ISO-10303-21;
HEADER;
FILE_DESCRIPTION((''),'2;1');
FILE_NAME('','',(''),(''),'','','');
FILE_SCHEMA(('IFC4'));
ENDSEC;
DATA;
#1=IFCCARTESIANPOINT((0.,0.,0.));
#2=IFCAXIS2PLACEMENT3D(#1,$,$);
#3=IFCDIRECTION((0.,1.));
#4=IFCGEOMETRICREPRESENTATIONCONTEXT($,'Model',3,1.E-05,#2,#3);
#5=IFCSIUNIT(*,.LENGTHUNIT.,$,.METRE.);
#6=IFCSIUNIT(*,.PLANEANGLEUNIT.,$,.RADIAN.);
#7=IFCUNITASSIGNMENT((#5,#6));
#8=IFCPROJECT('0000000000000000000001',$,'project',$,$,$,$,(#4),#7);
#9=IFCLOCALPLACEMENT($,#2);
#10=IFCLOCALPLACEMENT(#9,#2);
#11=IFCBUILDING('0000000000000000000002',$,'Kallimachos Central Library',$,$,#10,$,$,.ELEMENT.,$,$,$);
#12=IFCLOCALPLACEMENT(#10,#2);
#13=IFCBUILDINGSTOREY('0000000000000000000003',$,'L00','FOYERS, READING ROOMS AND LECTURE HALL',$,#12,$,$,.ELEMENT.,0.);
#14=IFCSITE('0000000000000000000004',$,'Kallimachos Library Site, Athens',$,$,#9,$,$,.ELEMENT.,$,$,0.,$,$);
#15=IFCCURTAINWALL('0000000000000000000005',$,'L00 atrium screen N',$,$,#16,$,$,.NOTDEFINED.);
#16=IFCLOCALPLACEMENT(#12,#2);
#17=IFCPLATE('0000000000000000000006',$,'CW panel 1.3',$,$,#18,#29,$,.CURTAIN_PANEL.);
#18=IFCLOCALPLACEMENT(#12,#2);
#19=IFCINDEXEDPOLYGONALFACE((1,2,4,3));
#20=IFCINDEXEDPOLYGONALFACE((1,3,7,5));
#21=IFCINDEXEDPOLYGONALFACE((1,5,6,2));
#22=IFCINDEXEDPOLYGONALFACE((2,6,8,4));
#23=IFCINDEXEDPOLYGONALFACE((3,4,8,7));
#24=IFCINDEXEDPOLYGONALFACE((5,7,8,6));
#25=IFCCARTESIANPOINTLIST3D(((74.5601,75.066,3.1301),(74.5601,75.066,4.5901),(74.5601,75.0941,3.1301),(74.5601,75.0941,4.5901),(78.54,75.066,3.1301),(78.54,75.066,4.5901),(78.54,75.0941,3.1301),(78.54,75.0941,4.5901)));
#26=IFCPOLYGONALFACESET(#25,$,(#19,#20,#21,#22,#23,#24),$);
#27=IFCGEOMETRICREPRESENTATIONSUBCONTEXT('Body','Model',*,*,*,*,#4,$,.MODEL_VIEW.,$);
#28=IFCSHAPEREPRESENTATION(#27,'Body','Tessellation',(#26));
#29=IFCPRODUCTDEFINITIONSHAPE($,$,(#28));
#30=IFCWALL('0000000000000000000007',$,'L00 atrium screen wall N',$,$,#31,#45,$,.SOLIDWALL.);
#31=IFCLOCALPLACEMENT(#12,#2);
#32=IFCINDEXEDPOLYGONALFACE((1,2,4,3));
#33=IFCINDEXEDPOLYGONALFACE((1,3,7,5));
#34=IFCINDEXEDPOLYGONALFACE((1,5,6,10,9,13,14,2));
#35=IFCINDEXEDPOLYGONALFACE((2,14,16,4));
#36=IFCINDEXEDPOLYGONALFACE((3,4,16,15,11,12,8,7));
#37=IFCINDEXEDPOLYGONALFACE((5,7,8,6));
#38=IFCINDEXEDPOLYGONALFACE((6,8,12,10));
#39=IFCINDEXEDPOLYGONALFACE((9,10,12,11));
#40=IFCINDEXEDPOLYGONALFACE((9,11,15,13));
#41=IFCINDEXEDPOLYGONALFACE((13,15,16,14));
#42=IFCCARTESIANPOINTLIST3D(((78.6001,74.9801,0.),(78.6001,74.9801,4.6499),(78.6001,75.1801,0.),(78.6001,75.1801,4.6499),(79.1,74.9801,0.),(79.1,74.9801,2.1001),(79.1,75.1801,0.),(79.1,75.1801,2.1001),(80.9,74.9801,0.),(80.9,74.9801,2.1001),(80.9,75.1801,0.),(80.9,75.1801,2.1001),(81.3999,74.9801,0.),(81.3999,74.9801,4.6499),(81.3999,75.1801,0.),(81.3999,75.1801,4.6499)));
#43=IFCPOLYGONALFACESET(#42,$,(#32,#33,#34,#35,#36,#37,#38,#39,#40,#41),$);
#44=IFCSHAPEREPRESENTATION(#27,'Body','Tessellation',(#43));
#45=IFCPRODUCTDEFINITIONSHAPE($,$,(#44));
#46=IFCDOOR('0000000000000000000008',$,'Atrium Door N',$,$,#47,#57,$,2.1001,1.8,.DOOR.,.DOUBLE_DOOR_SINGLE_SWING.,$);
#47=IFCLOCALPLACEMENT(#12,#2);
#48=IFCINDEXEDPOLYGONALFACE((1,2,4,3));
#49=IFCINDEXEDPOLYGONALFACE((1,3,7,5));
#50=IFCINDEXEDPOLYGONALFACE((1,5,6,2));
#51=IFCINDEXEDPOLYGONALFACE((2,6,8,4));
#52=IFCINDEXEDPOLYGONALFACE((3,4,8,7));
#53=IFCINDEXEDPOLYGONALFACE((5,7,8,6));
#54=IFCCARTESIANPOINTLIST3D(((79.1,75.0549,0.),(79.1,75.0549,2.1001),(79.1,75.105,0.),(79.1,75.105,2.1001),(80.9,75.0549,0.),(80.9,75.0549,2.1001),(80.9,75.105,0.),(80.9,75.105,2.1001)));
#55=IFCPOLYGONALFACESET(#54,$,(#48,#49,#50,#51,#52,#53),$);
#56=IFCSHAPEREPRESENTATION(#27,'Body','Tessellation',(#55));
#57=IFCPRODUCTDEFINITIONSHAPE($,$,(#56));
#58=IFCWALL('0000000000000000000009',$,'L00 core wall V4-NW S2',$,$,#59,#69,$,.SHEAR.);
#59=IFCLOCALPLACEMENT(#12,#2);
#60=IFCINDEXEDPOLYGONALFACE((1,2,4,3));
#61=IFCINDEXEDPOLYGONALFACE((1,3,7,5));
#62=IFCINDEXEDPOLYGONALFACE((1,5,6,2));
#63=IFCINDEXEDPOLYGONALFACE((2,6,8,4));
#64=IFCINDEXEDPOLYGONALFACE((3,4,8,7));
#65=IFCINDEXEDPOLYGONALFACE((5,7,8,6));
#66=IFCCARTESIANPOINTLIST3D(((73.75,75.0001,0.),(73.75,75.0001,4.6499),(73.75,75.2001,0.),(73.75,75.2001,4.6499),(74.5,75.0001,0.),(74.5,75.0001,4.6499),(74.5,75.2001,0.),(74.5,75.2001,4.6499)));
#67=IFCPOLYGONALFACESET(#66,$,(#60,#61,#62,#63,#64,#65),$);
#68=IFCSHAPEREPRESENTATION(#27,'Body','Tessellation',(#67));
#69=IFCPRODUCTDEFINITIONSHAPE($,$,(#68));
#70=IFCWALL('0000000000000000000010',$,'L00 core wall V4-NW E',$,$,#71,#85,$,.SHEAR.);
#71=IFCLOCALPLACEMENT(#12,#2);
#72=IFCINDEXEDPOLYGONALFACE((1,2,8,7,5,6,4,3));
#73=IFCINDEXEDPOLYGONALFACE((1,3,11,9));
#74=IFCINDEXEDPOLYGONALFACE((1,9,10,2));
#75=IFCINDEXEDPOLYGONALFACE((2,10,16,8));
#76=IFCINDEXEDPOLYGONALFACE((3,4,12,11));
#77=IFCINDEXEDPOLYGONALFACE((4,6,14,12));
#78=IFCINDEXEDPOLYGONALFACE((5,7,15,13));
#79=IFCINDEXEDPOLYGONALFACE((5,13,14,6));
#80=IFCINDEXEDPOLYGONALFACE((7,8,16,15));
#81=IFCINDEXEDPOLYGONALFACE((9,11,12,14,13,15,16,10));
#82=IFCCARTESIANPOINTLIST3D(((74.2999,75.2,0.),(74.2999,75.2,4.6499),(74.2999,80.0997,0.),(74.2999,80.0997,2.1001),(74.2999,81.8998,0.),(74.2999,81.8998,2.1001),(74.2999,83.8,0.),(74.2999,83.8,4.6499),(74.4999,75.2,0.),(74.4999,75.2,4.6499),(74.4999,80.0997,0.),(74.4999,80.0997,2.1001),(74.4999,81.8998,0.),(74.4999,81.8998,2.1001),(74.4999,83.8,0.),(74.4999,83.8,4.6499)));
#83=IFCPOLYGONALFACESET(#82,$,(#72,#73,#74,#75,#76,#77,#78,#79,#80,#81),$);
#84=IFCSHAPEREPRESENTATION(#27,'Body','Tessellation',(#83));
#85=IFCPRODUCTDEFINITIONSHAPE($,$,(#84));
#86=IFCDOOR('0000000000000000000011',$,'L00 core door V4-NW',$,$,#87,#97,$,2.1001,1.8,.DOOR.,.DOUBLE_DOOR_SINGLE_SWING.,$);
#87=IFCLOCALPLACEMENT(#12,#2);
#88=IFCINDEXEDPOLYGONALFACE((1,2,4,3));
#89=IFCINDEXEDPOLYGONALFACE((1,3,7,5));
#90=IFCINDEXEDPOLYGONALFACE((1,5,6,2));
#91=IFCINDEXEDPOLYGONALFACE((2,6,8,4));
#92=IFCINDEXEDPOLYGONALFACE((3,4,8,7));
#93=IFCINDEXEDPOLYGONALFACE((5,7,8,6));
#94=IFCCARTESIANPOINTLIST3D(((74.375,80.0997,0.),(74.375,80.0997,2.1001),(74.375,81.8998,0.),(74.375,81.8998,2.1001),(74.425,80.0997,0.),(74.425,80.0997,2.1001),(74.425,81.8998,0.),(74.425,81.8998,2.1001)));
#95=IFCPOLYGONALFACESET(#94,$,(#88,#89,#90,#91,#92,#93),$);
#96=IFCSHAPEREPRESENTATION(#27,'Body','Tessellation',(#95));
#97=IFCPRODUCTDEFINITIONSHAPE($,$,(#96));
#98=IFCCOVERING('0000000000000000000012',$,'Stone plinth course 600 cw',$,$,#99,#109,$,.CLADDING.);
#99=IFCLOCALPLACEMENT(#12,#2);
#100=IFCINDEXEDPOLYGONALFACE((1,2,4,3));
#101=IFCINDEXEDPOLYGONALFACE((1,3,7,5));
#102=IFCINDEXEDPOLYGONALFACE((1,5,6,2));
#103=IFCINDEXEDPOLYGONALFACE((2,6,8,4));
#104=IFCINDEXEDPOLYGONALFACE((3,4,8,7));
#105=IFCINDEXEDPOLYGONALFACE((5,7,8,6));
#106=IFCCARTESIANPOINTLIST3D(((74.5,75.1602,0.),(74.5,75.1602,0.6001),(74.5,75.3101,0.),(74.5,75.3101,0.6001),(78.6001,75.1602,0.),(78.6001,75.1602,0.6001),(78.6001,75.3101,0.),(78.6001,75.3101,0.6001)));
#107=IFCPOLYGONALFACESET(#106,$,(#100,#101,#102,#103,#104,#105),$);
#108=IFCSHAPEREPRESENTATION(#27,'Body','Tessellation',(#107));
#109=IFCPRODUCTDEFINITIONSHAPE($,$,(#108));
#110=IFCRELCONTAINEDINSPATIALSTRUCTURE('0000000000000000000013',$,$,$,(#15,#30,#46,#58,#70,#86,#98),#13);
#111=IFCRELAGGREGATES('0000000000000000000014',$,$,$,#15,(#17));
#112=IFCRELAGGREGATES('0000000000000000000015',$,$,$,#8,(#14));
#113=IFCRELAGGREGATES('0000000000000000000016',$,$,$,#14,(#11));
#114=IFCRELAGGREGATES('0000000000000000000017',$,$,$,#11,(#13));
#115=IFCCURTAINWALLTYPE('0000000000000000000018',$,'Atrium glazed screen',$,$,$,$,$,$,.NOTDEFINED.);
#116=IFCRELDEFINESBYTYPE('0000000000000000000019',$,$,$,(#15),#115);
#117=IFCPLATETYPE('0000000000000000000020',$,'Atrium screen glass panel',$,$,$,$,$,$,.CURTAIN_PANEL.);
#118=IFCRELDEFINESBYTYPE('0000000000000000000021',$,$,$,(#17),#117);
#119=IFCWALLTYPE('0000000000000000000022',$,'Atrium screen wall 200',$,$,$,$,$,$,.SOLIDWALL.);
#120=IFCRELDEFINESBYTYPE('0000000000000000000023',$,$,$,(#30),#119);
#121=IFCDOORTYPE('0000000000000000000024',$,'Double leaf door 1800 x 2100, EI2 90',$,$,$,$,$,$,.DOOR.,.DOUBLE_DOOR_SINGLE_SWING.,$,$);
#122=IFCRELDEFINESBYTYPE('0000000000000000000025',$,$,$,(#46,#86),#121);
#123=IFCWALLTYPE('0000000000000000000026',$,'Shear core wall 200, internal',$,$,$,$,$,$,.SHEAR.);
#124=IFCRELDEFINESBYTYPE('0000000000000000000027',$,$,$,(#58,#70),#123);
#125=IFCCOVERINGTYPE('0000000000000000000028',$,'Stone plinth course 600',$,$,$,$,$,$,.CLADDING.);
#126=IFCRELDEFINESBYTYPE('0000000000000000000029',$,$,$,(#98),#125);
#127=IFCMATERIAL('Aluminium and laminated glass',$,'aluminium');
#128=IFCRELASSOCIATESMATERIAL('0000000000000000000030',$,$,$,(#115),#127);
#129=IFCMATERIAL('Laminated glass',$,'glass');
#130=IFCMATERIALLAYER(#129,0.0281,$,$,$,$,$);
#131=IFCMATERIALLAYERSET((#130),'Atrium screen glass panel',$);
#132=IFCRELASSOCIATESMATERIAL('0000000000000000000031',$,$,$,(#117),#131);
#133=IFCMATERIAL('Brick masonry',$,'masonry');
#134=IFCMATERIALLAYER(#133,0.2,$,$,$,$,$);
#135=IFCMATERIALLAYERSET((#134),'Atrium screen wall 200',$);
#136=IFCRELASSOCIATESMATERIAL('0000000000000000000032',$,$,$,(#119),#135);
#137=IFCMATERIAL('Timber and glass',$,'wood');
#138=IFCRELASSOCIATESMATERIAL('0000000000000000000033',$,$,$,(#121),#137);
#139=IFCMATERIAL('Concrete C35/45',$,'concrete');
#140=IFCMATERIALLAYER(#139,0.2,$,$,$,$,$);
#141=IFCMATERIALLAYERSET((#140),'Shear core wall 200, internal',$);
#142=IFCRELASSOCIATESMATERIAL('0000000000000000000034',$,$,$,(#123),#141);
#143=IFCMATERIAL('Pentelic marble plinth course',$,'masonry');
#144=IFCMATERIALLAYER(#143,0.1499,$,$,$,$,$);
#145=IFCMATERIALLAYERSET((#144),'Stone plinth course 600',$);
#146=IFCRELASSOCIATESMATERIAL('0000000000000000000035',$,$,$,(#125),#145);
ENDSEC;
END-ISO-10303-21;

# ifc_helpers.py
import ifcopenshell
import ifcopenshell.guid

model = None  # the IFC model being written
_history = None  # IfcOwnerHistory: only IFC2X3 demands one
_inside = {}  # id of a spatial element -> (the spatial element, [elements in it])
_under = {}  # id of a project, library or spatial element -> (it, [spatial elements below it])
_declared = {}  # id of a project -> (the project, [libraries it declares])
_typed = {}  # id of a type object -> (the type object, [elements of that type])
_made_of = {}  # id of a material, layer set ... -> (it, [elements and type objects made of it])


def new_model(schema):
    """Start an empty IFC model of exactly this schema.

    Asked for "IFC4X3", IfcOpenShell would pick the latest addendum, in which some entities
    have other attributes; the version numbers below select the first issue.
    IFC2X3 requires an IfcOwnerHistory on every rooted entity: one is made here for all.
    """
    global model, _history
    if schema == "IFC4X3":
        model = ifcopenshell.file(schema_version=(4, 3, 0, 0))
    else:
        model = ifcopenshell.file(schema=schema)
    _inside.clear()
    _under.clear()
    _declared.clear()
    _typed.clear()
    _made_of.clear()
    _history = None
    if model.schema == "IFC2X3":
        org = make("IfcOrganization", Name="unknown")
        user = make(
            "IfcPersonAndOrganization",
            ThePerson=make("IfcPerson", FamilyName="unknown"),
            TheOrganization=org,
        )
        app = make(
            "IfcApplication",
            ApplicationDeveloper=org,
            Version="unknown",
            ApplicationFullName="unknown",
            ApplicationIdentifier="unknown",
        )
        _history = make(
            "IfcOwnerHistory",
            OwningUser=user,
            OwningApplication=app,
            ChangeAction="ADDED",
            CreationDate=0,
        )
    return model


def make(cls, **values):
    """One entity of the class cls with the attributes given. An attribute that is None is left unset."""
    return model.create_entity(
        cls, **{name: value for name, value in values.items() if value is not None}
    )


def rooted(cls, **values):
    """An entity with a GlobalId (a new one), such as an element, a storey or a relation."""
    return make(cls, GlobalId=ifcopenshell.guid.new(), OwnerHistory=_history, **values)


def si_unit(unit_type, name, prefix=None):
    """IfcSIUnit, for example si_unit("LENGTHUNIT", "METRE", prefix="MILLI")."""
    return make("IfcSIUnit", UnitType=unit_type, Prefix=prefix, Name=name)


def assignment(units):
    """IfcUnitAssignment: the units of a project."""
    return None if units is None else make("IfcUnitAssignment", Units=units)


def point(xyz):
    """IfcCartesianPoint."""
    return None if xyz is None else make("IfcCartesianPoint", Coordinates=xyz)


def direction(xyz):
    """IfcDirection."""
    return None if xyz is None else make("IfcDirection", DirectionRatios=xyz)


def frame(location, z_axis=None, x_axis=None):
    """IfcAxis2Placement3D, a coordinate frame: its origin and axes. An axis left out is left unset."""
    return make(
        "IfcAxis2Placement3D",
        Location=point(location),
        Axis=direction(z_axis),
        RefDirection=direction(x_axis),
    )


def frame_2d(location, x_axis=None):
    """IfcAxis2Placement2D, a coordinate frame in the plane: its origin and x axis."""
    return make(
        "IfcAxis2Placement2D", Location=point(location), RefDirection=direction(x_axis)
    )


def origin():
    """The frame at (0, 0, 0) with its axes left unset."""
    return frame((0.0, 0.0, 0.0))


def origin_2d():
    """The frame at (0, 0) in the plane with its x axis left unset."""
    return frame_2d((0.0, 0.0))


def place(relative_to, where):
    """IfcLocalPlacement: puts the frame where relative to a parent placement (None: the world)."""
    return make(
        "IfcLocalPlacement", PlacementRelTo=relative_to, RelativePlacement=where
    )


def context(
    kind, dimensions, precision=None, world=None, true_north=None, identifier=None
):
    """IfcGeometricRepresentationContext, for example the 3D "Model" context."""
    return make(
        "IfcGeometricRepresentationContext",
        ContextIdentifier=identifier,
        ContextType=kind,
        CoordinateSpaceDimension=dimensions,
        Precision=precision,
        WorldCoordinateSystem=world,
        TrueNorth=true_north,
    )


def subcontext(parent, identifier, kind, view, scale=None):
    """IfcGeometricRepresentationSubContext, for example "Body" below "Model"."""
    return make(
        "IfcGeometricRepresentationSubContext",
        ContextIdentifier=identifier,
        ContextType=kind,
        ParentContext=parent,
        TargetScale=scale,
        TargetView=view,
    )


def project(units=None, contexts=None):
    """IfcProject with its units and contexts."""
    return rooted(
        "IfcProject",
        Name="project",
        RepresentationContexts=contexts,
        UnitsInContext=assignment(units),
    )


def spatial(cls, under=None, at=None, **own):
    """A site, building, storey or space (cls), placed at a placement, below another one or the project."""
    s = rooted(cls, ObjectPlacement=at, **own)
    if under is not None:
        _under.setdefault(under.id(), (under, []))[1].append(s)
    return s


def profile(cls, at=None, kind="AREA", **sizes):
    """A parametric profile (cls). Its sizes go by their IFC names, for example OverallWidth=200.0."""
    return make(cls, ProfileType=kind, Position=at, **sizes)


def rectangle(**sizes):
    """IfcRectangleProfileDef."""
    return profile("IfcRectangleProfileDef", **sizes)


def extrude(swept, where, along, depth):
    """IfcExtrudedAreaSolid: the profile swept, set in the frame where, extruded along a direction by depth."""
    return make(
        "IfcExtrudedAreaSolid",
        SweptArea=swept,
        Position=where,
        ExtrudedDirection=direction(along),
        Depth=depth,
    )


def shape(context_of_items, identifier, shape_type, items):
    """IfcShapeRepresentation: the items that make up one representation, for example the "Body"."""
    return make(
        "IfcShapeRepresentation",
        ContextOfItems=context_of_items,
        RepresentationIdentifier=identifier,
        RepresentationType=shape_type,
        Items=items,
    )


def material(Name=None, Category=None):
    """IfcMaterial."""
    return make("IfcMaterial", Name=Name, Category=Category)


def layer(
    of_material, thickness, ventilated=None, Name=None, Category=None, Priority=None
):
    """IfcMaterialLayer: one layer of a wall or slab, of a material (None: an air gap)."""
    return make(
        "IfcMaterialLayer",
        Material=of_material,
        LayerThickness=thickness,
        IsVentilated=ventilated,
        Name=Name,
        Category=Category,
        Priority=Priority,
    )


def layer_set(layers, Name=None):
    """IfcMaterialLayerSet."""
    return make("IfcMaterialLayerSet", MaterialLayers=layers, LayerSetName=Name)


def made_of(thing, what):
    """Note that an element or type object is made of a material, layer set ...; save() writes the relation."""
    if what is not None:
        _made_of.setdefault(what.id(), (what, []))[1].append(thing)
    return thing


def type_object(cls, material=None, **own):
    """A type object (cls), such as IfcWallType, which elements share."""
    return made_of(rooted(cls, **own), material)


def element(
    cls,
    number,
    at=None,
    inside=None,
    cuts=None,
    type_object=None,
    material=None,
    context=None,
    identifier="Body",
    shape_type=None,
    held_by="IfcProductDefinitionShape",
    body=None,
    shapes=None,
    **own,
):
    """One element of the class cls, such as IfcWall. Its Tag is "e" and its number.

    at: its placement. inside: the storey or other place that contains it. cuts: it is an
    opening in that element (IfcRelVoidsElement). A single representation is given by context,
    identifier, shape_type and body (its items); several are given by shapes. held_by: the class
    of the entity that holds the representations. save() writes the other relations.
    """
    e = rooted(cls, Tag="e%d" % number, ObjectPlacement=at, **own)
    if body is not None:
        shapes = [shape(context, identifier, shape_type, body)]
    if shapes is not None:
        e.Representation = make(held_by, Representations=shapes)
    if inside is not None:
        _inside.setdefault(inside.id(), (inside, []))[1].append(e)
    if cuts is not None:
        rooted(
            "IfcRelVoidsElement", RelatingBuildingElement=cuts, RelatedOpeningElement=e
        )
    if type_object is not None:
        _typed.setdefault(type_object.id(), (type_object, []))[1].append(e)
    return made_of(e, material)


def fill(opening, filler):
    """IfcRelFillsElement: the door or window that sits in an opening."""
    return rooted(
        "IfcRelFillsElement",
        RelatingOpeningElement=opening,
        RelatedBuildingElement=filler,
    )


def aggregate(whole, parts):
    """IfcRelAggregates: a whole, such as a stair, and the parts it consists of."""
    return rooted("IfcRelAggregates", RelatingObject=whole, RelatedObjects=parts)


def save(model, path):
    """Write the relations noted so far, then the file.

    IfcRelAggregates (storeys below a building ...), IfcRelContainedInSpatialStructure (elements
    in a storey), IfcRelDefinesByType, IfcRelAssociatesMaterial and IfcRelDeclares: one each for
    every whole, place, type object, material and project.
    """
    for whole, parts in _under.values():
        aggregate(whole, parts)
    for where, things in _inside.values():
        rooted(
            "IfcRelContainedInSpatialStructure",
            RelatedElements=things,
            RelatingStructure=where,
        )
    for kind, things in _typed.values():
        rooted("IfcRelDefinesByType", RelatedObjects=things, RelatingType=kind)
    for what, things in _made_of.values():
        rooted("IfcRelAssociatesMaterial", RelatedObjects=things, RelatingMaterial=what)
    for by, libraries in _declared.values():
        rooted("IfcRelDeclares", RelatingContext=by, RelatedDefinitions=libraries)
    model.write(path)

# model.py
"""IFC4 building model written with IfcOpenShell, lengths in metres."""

from ifc_helpers import new_model, si_unit, direction, frame, frame_2d, origin, origin_2d, place, context, subcontext, project, spatial, rectangle, extrude, material, layer, layer_set, type_object, element, fill, aggregate, save


model = new_model("IFC4")

# Units and contexts
model_context = context("Model", 3, precision=1e-05, world=origin(), true_north=direction((0.0, 1.0)))
body_context = subcontext(model_context, "Body", "Model", "MODEL_VIEW")
ifc_project = project(units=[si_unit("LENGTHUNIT", "METRE"), si_unit("PLANEANGLEUNIT", "RADIAN")], contexts=[model_context])

# Site, building, storey
site_placement = place(None, origin())
site = spatial("IfcSite", under=ifc_project, at=site_placement, Name="Kallimachos Library Site, Athens", CompositionType="ELEMENT", RefElevation=0.0)
building_placement = place(site_placement, origin())
building = spatial("IfcBuilding", under=site, at=building_placement, Name="Kallimachos Central Library", CompositionType="ELEMENT")
storey_placement = place(building_placement, origin())
storey = spatial("IfcBuildingStorey", under=building, at=storey_placement, Name="L00", Description="FOYERS, READING ROOMS AND LECTURE HALL", CompositionType="ELEMENT", Elevation=0.0)

# Curtain wall
ifc_material_1 = material(Name="Aluminium and laminated glass", Category="aluminium")
curtain_wall_type = type_object("IfcCurtainWallType", Name="Atrium glazed screen", PredefinedType="NOTDEFINED", material=ifc_material_1)
curtain_wall_1_placement = place(storey_placement, origin())
curtain_wall_1 = element("IfcCurtainWall", 1, at=curtain_wall_1_placement, inside=storey, type_object=curtain_wall_type, Name="L00 atrium screen N", PredefinedType="NOTDEFINED")

# Plate
ifc_material_2 = material(Name="Laminated glass", Category="glass")
ifc_layer_1 = layer(ifc_material_2, 0.0281)
ifc_layer_set_1 = layer_set([ifc_layer_1], Name="Atrium screen glass panel")
plate_type = type_object("IfcPlateType", Name="Atrium screen glass panel", PredefinedType="CURTAIN_PANEL", material=ifc_layer_set_1)
plate_1_placement = place(storey_placement, frame((76.55, 75.0801, 3.1301), z_axis=(0.0, 0.0, 1.0), x_axis=(1.0, 0.0, 0.0)))
plate_1 = element("IfcPlate", 2, at=plate_1_placement, type_object=plate_type, Name="CW panel 1.3", PredefinedType="CURTAIN_PANEL", context=body_context, shape_type="SweptSolid", body=[
    extrude(rectangle(XDim=3.98, YDim=0.0281, at=origin_2d()), origin(), (0.0, 0.0, 1.0), 1.46),
])
aggregate(curtain_wall_1, [plate_1])

# Wall, opening, door
ifc_material_3 = material(Name="Brick masonry", Category="masonry")
ifc_layer_2 = layer(ifc_material_3, 0.2)
ifc_layer_set_2 = layer_set([ifc_layer_2], Name="Atrium screen wall 200")
wall_type_1 = type_object("IfcWallType", Name="Atrium screen wall 200", PredefinedType="SOLIDWALL", material=ifc_layer_set_2)
wall_1_placement = place(storey_placement, frame((78.6001, 75.0801, 0.0), z_axis=(0.0, 0.0, 1.0), x_axis=(1.0, 0.0, 0.0)))
wall_1 = element("IfcWall", 3, at=wall_1_placement, inside=storey, type_object=wall_type_1, Name="L00 atrium screen wall N", PredefinedType="SOLIDWALL", context=body_context, shape_type="SweptSolid", body=[
    extrude(rectangle(XDim=2.7998, YDim=0.2, at=frame_2d((1.3999, 0.0))), origin(), (0.0, 0.0, 1.0), 4.6499),
])
opening_1_placement = place(wall_1_placement, frame((0.5, 0.0, 0.0)))
opening_1 = element("IfcOpeningElement", 4, at=opening_1_placement, cuts=wall_1, PredefinedType="OPENING", context=body_context, shape_type="SweptSolid", body=[
    extrude(rectangle(XDim=1.8, YDim=2.1001, at=frame_2d((0.8999, 1.05))), frame((0.0, 0.1099, 0.0), z_axis=(0.0, -1.0, 0.0), x_axis=(1.0, 0.0, 0.0)), (0.0, 0.0, 1.0), 0.22),
])
ifc_material_4 = material(Name="Timber and glass", Category="wood")
door_type = type_object("IfcDoorType", Name="Double leaf door 1800 x 2100, EI2 90", OperationType="DOUBLE_DOOR_SINGLE_SWING", PredefinedType="DOOR", material=ifc_material_4)
door_1_placement = place(opening_1_placement, origin())
door_1 = element("IfcDoor", 5, at=door_1_placement, inside=storey, type_object=door_type, Name="Atrium Door N", OperationType="DOUBLE_DOOR_SINGLE_SWING", OverallHeight=2.1001, OverallWidth=1.8, PredefinedType="DOOR", context=body_context, shape_type="SweptSolid", body=[
    extrude(rectangle(XDim=1.8, YDim=2.1001, at=frame_2d((0.8999, 1.05))), frame((0.0, 0.0249, 0.0), z_axis=(0.0, -1.0, 0.0), x_axis=(1.0, 0.0, 0.0)), (0.0, 0.0, 1.0), 0.05),
])
fill(opening_1, door_1)

# Wall
ifc_material_5 = material(Name="Concrete C35/45", Category="concrete")
ifc_layer_3 = layer(ifc_material_5, 0.2)
ifc_layer_set_3 = layer_set([ifc_layer_3], Name="Shear core wall 200, internal")
wall_type_2 = type_object("IfcWallType", Name="Shear core wall 200, internal", PredefinedType="SHEAR", material=ifc_layer_set_3)
wall_2_placement = place(storey_placement, frame((73.75, 75.1001, 0.0), z_axis=(0.0, 0.0, 1.0), x_axis=(1.0, 0.0, 0.0)))
element("IfcWall", 6, at=wall_2_placement, inside=storey, type_object=wall_type_2, Name="L00 core wall V4-NW S2", PredefinedType="SHEAR", context=body_context, shape_type="SweptSolid", body=[
    extrude(rectangle(XDim=0.75, YDim=0.2, at=frame_2d((0.375, 0.0))), origin(), (0.0, 0.0, 1.0), 4.6499),
])

# Wall, opening, door
wall_3_placement = place(storey_placement, frame((74.3999, 75.2, 0.0), z_axis=(0.0, 0.0, 1.0), x_axis=(0.0, 1.0, 0.0)))
wall_3 = element("IfcWall", 7, at=wall_3_placement, inside=storey, type_object=wall_type_2, Name="L00 core wall V4-NW E", PredefinedType="SHEAR", context=body_context, shape_type="SweptSolid", body=[
    extrude(rectangle(XDim=8.6001, YDim=0.2, at=frame_2d((4.3, 0.0))), origin(), (0.0, 0.0, 1.0), 4.6499),
])
opening_2_placement = place(wall_3_placement, frame((4.8999, 0.0, 0.0)))
opening_2 = element("IfcOpeningElement", 8, at=opening_2_placement, cuts=wall_3, PredefinedType="OPENING", context=body_context, shape_type="SweptSolid", body=[
    extrude(rectangle(XDim=1.8, YDim=2.1001, at=frame_2d((0.8999, 1.05))), frame((0.0, 0.1099, 0.0), z_axis=(0.0, -1.0, 0.0), x_axis=(1.0, 0.0, 0.0)), (0.0, 0.0, 1.0), 0.22),
])
door_2_placement = place(opening_2_placement, origin())
door_2 = element("IfcDoor", 9, at=door_2_placement, inside=storey, type_object=door_type, Name="L00 core door V4-NW", OperationType="DOUBLE_DOOR_SINGLE_SWING", OverallHeight=2.1001, OverallWidth=1.8, PredefinedType="DOOR", context=body_context, shape_type="SweptSolid", body=[
    extrude(rectangle(XDim=1.8, YDim=2.1001, at=frame_2d((0.8999, 1.05))), frame((0.0, 0.0249, 0.0), z_axis=(0.0, -1.0, 0.0), x_axis=(1.0, 0.0, 0.0)), (0.0, 0.0, 1.0), 0.05),
])
fill(opening_2, door_2)

# Covering
ifc_material_6 = material(Name="Pentelic marble plinth course", Category="masonry")
ifc_layer_4 = layer(ifc_material_6, 0.1499)
ifc_layer_set_4 = layer_set([ifc_layer_4], Name="Stone plinth course 600")
covering_type = type_object("IfcCoveringType", Name="Stone plinth course 600", PredefinedType="CLADDING", material=ifc_layer_set_4)
covering_placement = place(storey_placement, frame((76.55, 75.2351, 0.0), z_axis=(0.0, 0.0, 1.0), x_axis=(1.0, 0.0, 0.0)))
element("IfcCovering", 10, at=covering_placement, inside=storey, type_object=covering_type, Name="Stone plinth course 600 cw", PredefinedType="CLADDING", context=body_context, shape_type="SweptSolid", body=[
    extrude(rectangle(XDim=4.1001, YDim=0.1499, at=origin_2d()), origin(), (0.0, 0.0, 1.0), 0.6001),
])

save(model, "model.ifc")
